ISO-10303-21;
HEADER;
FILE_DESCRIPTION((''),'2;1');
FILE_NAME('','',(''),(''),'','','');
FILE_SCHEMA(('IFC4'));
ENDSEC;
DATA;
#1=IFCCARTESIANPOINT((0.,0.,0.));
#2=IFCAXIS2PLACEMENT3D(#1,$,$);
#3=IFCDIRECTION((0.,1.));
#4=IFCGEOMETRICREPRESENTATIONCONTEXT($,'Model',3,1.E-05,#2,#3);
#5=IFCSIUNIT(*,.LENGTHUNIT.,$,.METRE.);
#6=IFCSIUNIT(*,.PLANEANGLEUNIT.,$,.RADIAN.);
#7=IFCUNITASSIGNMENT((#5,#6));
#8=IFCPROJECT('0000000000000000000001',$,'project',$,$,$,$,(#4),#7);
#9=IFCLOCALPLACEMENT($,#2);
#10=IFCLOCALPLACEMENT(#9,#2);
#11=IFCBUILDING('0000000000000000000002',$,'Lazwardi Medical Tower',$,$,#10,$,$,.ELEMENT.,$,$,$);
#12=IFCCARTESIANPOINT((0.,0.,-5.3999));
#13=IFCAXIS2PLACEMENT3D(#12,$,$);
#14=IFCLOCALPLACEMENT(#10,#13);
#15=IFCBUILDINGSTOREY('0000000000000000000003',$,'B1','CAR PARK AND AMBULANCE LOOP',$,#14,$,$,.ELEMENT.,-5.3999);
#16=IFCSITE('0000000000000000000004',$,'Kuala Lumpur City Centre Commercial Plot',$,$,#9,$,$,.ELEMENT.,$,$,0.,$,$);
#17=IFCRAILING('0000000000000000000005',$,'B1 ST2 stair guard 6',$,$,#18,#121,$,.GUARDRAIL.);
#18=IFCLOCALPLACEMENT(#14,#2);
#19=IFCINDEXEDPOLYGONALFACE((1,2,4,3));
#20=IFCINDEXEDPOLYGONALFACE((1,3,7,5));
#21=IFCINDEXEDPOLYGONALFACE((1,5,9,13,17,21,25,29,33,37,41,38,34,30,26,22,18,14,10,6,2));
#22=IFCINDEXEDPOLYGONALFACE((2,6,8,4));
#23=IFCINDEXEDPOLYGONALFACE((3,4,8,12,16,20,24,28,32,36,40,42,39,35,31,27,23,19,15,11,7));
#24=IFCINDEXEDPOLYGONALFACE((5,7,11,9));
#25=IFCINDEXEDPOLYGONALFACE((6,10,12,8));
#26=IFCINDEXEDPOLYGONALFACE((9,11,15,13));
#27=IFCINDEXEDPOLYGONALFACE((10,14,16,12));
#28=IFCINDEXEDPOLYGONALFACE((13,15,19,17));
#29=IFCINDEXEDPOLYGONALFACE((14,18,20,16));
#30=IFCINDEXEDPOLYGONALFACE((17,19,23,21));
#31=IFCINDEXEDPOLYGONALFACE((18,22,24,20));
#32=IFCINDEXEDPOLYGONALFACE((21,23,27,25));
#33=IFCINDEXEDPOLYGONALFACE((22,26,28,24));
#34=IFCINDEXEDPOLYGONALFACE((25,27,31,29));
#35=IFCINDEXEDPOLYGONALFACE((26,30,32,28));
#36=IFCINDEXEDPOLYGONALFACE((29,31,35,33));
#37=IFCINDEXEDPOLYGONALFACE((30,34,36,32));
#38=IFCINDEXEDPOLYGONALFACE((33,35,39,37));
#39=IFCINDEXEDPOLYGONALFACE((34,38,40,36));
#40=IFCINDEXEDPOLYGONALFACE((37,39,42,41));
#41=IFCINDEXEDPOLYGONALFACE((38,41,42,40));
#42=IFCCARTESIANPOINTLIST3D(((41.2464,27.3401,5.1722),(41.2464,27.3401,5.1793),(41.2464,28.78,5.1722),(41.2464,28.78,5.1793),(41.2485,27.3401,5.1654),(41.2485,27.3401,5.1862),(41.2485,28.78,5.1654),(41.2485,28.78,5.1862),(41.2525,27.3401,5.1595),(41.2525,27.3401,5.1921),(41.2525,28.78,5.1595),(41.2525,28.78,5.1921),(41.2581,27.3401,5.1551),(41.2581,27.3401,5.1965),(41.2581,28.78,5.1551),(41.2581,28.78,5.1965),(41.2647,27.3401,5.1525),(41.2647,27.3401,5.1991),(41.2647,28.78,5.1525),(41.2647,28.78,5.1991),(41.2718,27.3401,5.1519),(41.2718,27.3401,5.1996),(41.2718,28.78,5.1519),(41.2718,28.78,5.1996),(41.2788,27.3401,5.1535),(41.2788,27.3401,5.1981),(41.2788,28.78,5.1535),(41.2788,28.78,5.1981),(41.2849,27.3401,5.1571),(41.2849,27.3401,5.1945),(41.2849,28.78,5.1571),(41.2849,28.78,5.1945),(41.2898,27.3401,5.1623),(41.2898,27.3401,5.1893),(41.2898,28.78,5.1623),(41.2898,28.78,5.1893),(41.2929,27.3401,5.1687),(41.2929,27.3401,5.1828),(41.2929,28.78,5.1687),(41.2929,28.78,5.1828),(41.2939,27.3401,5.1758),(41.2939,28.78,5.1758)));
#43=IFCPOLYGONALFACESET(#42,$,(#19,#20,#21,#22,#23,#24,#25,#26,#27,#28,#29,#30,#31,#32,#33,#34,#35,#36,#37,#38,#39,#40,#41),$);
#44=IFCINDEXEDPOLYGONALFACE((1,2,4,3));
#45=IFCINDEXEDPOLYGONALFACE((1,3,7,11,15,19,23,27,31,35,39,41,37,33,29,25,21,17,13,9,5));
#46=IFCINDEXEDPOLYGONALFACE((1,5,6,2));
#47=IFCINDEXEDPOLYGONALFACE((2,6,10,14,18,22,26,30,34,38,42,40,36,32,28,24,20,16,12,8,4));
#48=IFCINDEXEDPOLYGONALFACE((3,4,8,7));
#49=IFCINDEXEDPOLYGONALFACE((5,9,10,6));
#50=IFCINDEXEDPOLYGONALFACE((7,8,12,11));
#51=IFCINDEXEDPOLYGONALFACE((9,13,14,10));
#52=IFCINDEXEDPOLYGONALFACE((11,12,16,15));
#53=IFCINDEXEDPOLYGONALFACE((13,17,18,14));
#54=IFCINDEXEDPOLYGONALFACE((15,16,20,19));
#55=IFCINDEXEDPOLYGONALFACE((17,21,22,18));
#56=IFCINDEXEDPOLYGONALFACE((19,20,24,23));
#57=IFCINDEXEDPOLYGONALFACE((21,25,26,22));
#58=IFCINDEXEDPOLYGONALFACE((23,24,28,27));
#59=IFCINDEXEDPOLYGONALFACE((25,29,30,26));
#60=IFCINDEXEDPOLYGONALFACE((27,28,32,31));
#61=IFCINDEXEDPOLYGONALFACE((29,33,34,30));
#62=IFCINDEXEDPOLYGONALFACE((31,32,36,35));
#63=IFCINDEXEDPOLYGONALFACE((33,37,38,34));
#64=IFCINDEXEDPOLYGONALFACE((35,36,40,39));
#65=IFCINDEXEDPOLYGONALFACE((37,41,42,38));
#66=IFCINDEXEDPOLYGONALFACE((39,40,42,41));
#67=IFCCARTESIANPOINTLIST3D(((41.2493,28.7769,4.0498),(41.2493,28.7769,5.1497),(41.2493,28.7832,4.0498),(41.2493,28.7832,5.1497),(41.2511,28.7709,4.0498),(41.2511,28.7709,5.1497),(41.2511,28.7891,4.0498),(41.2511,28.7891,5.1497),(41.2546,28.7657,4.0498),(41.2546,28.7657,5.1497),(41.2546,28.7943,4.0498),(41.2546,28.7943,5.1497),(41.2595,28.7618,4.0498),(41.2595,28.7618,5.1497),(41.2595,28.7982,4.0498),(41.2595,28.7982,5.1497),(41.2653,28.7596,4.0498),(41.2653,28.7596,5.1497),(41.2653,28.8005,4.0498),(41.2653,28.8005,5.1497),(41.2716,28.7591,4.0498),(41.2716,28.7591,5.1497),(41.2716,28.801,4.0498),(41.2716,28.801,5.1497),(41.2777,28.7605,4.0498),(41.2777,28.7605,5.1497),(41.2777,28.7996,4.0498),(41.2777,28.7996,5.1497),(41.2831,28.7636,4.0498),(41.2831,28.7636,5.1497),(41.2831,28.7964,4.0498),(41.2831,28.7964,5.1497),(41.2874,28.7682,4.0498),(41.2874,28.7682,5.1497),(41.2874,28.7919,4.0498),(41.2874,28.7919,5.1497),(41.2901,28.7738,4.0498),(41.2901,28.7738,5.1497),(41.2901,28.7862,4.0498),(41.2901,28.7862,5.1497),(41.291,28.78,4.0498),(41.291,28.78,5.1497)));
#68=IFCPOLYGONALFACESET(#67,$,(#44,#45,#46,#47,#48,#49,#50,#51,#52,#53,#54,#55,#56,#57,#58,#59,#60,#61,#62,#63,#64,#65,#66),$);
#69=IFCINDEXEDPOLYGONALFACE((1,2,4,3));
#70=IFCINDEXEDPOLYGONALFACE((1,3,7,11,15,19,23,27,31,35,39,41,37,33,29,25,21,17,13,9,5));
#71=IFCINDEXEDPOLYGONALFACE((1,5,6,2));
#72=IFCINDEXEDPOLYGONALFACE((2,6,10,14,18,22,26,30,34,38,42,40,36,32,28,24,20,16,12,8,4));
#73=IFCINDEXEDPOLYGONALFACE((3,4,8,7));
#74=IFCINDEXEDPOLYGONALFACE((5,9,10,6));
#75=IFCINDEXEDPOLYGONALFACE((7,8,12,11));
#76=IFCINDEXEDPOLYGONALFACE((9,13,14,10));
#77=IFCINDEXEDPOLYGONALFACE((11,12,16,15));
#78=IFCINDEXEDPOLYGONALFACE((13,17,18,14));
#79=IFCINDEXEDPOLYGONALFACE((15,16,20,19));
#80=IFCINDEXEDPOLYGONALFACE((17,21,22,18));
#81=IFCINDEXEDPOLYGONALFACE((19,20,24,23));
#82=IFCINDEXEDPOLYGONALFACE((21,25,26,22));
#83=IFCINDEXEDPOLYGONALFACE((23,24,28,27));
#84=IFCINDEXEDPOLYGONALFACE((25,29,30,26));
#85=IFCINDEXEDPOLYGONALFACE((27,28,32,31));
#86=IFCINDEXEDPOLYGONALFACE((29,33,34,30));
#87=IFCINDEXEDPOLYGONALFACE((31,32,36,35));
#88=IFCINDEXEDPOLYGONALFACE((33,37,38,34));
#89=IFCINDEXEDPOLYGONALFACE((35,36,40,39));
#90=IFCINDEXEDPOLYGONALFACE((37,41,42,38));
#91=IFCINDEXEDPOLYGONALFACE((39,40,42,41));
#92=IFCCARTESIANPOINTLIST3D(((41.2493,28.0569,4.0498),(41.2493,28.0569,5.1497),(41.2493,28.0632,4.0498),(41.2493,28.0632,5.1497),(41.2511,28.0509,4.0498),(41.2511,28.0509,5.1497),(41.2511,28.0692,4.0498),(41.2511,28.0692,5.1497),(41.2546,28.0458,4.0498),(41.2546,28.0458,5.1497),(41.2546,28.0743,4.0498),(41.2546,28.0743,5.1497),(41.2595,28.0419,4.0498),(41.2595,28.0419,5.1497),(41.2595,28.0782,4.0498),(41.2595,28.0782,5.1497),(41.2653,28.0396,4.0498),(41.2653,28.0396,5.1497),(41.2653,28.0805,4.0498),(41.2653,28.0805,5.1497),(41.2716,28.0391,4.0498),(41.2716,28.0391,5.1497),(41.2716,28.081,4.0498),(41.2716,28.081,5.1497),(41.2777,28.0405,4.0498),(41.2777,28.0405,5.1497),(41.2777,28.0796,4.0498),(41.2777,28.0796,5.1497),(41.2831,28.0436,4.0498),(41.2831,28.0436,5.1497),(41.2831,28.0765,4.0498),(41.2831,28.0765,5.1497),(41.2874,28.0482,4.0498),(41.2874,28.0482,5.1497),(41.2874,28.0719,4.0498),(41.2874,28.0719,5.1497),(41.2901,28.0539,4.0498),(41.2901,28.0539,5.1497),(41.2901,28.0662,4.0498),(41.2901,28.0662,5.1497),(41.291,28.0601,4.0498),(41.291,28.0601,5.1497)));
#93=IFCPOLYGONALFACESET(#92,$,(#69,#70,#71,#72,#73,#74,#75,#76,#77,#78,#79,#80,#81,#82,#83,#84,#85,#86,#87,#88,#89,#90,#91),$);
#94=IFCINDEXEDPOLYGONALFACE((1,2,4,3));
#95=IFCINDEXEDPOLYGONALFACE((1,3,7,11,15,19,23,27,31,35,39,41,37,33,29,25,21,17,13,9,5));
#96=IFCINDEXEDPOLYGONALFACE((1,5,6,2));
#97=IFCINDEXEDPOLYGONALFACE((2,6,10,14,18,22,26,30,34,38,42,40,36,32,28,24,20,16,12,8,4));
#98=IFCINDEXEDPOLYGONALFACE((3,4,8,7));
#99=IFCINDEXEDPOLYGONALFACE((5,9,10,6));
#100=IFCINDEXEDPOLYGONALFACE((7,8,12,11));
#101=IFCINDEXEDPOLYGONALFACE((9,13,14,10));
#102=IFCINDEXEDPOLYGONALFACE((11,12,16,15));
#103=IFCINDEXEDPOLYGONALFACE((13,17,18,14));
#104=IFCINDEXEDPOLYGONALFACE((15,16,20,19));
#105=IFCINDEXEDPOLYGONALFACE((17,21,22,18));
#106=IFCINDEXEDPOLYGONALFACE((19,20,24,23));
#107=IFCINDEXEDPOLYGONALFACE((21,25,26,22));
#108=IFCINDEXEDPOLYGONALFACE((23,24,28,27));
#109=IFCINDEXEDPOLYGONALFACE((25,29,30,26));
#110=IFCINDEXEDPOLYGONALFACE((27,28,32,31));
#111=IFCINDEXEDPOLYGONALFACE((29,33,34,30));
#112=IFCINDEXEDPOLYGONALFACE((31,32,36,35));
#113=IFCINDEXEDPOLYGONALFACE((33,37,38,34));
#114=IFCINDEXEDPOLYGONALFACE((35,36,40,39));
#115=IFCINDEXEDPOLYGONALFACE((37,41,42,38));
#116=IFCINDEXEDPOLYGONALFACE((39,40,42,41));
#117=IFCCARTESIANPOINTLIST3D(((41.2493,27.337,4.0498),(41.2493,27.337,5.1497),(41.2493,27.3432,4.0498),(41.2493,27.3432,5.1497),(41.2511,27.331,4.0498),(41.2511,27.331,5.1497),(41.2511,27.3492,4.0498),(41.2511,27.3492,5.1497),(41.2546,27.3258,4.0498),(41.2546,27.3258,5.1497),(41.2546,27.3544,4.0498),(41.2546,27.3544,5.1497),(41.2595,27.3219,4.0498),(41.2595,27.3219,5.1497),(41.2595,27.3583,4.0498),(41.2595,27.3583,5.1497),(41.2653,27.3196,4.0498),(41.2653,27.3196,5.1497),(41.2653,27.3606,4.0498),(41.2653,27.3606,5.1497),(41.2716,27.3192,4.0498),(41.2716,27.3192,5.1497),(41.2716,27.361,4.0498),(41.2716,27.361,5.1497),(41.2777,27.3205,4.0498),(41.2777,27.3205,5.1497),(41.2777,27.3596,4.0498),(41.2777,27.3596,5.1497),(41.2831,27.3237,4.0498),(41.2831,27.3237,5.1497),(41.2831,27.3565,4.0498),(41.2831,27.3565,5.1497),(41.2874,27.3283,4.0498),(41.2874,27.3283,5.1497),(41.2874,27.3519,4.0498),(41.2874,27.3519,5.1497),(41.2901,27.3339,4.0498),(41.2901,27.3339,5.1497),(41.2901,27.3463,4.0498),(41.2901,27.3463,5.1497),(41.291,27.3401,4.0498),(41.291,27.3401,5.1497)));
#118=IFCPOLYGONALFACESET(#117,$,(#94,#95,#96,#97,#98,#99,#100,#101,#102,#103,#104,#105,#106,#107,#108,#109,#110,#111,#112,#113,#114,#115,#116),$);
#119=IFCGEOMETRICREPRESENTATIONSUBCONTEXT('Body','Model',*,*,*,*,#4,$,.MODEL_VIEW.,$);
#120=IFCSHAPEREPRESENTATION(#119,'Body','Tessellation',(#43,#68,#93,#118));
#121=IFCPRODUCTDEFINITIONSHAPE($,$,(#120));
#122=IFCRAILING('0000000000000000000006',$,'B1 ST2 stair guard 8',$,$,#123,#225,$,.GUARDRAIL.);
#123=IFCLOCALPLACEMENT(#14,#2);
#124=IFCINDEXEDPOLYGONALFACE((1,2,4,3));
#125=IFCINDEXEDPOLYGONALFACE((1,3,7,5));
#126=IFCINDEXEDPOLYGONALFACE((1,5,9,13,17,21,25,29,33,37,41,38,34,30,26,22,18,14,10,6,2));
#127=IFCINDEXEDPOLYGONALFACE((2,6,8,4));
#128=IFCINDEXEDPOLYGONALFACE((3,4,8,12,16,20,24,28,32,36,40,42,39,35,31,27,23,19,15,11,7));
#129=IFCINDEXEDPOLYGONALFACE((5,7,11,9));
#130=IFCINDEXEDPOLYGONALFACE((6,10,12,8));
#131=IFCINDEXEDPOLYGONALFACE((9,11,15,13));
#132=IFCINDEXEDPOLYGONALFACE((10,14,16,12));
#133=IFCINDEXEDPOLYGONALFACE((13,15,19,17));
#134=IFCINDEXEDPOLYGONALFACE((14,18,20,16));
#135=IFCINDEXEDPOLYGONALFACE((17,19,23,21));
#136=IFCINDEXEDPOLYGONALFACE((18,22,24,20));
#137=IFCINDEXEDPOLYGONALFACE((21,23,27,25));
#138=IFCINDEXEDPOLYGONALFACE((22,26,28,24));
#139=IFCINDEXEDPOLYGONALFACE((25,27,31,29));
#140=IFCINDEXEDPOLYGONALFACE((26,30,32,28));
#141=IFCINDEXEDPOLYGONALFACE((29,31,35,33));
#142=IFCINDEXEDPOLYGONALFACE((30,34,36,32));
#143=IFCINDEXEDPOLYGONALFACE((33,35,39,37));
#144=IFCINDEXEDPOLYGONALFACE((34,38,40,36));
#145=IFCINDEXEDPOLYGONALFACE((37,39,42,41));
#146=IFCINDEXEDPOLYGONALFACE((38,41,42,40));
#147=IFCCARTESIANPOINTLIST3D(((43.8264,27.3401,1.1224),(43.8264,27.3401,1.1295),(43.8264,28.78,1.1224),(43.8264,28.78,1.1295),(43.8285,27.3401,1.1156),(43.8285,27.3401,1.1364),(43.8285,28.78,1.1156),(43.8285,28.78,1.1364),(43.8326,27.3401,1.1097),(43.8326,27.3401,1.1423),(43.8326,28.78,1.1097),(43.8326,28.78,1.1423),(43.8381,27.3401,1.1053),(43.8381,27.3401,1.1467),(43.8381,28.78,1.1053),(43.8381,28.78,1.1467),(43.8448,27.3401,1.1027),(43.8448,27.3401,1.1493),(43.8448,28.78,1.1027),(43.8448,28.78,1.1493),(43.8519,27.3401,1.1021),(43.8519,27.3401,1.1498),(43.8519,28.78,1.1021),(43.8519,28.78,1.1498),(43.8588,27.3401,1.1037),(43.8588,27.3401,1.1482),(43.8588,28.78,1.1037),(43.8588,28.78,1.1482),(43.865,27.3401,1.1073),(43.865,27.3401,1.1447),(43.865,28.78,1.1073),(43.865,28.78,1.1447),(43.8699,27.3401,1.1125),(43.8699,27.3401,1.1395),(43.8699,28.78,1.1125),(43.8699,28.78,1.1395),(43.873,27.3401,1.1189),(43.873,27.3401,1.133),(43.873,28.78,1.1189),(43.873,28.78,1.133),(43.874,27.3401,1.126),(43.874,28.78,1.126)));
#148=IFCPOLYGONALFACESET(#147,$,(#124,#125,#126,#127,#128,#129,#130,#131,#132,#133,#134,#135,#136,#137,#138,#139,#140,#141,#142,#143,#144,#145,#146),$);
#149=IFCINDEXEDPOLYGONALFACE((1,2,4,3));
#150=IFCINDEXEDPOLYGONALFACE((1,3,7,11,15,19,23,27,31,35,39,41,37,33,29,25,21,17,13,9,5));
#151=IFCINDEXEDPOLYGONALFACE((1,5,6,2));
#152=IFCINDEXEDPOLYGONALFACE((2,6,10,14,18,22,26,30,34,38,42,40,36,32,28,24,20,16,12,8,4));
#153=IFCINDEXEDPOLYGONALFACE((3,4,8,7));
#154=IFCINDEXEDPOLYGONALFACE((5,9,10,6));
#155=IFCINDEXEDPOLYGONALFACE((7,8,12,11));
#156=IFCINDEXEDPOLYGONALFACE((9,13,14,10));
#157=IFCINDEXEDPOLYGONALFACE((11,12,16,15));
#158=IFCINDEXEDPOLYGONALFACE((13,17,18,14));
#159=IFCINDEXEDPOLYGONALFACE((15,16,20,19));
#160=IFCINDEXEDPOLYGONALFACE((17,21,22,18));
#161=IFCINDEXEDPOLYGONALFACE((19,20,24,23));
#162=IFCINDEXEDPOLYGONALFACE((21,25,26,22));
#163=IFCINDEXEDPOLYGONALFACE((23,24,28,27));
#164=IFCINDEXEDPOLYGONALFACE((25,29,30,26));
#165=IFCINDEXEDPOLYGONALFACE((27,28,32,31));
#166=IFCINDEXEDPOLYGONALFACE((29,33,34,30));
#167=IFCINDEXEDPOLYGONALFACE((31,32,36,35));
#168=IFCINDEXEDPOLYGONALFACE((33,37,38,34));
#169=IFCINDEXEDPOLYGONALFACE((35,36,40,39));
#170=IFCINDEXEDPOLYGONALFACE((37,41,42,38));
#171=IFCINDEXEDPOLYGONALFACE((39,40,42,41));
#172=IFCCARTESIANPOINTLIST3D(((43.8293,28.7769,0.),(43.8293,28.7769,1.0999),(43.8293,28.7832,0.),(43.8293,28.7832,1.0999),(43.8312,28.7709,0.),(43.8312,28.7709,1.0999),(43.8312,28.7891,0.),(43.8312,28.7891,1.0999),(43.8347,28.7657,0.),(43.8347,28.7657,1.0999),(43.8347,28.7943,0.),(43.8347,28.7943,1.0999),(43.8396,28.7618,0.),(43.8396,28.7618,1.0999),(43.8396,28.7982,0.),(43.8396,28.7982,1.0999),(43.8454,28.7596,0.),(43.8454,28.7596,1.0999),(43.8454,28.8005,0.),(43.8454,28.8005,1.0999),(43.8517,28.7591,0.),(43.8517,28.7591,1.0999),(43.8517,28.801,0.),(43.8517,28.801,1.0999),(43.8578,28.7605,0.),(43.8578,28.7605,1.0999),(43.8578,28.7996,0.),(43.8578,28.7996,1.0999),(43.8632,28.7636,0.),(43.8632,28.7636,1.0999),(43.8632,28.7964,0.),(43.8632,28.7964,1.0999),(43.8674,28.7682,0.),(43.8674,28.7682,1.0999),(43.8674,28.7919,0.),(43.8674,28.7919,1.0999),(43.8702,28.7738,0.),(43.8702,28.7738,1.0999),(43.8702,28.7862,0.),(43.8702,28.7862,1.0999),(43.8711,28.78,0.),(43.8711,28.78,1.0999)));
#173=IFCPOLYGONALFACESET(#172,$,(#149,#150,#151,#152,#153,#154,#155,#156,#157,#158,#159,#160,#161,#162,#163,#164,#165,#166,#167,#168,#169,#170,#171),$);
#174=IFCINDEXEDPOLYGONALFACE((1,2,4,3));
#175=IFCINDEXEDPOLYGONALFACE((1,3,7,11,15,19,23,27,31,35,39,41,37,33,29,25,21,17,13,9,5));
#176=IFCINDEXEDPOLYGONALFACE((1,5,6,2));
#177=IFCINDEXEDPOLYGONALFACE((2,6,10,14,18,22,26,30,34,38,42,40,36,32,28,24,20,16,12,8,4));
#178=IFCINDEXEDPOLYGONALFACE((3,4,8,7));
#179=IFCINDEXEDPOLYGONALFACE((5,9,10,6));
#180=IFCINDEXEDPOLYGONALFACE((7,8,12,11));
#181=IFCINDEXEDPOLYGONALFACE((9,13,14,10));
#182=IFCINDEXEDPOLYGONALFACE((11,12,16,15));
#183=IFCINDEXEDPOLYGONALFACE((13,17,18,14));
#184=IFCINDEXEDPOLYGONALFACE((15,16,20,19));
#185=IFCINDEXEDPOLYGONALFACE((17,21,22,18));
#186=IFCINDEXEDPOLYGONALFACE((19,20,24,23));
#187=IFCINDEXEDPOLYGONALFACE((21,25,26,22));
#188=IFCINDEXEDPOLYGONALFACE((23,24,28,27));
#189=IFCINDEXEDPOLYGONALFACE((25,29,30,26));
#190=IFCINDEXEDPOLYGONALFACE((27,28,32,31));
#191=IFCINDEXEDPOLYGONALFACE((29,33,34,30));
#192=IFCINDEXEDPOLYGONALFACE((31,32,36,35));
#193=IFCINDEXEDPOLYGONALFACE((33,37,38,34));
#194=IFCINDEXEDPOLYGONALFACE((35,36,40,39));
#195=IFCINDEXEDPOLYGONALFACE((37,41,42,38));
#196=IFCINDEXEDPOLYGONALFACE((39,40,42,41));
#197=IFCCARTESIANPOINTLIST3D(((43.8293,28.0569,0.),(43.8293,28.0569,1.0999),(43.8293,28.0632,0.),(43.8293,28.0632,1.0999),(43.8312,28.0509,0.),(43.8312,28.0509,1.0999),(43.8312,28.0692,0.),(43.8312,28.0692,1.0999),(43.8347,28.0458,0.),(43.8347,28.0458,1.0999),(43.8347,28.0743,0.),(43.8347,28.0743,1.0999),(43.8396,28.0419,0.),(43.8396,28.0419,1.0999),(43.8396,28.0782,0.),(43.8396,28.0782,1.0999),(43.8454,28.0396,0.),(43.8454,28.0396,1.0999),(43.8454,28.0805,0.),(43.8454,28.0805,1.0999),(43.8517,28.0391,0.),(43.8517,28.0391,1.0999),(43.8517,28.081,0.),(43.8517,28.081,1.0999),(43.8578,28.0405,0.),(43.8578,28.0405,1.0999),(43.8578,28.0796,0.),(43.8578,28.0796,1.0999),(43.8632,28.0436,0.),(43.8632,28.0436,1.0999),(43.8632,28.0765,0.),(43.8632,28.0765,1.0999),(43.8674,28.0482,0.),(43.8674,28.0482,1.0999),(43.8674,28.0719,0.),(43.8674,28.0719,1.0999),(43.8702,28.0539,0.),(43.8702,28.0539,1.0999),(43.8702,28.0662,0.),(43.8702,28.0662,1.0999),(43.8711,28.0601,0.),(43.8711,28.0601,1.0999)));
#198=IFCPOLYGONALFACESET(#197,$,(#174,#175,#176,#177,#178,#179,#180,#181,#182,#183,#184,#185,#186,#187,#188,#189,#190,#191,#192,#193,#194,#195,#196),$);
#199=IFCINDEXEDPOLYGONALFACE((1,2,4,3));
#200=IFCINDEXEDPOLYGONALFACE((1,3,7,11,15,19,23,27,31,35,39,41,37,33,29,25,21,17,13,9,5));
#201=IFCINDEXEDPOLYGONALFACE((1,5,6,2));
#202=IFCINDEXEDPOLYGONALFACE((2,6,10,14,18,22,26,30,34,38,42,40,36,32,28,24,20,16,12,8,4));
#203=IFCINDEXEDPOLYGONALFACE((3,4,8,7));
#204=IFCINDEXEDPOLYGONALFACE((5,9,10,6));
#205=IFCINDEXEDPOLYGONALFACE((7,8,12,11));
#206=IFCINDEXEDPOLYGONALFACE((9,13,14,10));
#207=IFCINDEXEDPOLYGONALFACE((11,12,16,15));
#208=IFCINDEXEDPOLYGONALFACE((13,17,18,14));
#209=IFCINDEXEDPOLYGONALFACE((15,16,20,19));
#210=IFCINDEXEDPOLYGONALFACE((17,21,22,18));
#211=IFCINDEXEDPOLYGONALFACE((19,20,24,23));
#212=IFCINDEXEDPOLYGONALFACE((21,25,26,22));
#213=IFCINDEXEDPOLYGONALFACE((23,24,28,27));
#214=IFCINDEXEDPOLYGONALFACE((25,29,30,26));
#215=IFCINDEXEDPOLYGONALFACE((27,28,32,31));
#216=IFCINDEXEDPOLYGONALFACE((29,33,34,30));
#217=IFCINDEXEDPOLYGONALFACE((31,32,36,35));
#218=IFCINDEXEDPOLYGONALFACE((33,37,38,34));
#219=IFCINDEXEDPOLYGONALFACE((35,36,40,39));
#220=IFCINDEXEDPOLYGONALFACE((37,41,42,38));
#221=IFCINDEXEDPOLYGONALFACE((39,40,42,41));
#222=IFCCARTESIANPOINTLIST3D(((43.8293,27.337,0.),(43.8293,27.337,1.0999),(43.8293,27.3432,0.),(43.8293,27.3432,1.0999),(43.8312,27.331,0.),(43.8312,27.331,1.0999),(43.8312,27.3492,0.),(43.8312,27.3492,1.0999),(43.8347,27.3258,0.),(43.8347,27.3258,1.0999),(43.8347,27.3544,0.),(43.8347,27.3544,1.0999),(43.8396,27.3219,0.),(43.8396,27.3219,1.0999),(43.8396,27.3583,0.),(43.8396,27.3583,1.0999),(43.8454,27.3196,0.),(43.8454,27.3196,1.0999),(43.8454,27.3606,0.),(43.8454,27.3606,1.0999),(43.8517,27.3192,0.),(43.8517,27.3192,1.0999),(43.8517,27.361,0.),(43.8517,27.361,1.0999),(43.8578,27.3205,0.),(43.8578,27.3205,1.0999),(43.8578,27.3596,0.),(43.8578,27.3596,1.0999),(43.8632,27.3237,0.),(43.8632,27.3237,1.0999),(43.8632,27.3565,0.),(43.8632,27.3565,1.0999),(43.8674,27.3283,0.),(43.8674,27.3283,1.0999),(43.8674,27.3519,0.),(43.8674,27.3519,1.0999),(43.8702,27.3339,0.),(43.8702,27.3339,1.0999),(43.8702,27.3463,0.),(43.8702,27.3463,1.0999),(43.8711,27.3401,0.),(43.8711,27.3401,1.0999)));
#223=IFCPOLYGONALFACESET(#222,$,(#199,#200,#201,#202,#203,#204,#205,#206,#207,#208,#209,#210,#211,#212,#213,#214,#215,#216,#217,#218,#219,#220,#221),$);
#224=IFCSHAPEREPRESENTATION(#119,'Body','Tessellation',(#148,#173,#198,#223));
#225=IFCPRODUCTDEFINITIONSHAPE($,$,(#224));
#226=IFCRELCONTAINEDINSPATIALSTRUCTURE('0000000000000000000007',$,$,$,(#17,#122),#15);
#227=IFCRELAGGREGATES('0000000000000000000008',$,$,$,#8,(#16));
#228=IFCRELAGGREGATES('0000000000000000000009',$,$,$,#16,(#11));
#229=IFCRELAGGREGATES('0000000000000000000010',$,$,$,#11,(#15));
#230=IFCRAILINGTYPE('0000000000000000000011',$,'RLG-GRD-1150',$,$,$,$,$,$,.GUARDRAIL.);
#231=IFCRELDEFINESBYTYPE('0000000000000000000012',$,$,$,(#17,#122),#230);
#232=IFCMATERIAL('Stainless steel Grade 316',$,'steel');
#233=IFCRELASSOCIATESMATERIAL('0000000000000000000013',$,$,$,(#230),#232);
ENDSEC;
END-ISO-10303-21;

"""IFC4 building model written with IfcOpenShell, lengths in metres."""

from ifc_helpers import new_model, si_unit, direction, frame, origin, origin_2d, place, context, subcontext, project, spatial, circle, extrude, material, type_object, element, save


model = new_model("IFC4")

# Units and contexts
model_context = context("Model", 3, precision=1e-05, world=origin(), true_north=direction((0.0, 1.0)))
body_context = subcontext(model_context, "Body", "Model", "MODEL_VIEW")
ifc_project = project(units=[si_unit("LENGTHUNIT", "METRE"), si_unit("PLANEANGLEUNIT", "RADIAN")], contexts=[model_context])

# Site, building, storey
site_placement = place(None, origin())
site = spatial("IfcSite", under=ifc_project, at=site_placement, Name="Kuala Lumpur City Centre Commercial Plot", CompositionType="ELEMENT", RefElevation=0.0)
building_placement = place(site_placement, origin())
building = spatial("IfcBuilding", under=site, at=building_placement, Name="Lazwardi Medical Tower", CompositionType="ELEMENT")
storey_placement = place(building_placement, frame((0.0, 0.0, -5.3999)))
storey = spatial("IfcBuildingStorey", under=building, at=storey_placement, Name="B1", Description="CAR PARK AND AMBULANCE LOOP", CompositionType="ELEMENT", Elevation=-5.3999)

# Railings
ifc_material_1 = material(Name="Stainless steel Grade 316", Category="steel")
railing_type_1 = type_object("IfcRailingType", Name="RLG-GRD-1150", PredefinedType="GUARDRAIL", material=ifc_material_1)
for number, where, name in (
    (1, (41.27, 28.78, 4.0498), "B1 ST2 stair guard 6"),
    (2, (43.8501, 28.78, 0.0), "B1 ST2 stair guard 8"),
):
    element("IfcRailing", number, at=place(storey_placement, frame(where)), inside=storey, type_object=railing_type_1, Name=name, PredefinedType="GUARDRAIL", context=body_context, shape_type="SweptSolid", body=[
        extrude(circle(Radius=0.0239, at=origin_2d()), frame((0.0, 0.0, 1.126), z_axis=(0.0, -1.0, 0.0), x_axis=(1.0, 0.0, 0.0)), (0.0, 0.0, 1.0), 1.4399),
        extrude(circle(Radius=0.021, at=origin_2d()), origin(), (0.0, 0.0, 1.0), 1.0999),
        extrude(circle(Radius=0.021, at=origin_2d()), frame((0.0, -0.72, 0.0)), (0.0, 0.0, 1.0), 1.0999),
        extrude(circle(Radius=0.021, at=origin_2d()), frame((0.0, -1.4399, 0.0)), (0.0, 0.0, 1.0), 1.0999),
    ])

save(model, "model.ifc")
